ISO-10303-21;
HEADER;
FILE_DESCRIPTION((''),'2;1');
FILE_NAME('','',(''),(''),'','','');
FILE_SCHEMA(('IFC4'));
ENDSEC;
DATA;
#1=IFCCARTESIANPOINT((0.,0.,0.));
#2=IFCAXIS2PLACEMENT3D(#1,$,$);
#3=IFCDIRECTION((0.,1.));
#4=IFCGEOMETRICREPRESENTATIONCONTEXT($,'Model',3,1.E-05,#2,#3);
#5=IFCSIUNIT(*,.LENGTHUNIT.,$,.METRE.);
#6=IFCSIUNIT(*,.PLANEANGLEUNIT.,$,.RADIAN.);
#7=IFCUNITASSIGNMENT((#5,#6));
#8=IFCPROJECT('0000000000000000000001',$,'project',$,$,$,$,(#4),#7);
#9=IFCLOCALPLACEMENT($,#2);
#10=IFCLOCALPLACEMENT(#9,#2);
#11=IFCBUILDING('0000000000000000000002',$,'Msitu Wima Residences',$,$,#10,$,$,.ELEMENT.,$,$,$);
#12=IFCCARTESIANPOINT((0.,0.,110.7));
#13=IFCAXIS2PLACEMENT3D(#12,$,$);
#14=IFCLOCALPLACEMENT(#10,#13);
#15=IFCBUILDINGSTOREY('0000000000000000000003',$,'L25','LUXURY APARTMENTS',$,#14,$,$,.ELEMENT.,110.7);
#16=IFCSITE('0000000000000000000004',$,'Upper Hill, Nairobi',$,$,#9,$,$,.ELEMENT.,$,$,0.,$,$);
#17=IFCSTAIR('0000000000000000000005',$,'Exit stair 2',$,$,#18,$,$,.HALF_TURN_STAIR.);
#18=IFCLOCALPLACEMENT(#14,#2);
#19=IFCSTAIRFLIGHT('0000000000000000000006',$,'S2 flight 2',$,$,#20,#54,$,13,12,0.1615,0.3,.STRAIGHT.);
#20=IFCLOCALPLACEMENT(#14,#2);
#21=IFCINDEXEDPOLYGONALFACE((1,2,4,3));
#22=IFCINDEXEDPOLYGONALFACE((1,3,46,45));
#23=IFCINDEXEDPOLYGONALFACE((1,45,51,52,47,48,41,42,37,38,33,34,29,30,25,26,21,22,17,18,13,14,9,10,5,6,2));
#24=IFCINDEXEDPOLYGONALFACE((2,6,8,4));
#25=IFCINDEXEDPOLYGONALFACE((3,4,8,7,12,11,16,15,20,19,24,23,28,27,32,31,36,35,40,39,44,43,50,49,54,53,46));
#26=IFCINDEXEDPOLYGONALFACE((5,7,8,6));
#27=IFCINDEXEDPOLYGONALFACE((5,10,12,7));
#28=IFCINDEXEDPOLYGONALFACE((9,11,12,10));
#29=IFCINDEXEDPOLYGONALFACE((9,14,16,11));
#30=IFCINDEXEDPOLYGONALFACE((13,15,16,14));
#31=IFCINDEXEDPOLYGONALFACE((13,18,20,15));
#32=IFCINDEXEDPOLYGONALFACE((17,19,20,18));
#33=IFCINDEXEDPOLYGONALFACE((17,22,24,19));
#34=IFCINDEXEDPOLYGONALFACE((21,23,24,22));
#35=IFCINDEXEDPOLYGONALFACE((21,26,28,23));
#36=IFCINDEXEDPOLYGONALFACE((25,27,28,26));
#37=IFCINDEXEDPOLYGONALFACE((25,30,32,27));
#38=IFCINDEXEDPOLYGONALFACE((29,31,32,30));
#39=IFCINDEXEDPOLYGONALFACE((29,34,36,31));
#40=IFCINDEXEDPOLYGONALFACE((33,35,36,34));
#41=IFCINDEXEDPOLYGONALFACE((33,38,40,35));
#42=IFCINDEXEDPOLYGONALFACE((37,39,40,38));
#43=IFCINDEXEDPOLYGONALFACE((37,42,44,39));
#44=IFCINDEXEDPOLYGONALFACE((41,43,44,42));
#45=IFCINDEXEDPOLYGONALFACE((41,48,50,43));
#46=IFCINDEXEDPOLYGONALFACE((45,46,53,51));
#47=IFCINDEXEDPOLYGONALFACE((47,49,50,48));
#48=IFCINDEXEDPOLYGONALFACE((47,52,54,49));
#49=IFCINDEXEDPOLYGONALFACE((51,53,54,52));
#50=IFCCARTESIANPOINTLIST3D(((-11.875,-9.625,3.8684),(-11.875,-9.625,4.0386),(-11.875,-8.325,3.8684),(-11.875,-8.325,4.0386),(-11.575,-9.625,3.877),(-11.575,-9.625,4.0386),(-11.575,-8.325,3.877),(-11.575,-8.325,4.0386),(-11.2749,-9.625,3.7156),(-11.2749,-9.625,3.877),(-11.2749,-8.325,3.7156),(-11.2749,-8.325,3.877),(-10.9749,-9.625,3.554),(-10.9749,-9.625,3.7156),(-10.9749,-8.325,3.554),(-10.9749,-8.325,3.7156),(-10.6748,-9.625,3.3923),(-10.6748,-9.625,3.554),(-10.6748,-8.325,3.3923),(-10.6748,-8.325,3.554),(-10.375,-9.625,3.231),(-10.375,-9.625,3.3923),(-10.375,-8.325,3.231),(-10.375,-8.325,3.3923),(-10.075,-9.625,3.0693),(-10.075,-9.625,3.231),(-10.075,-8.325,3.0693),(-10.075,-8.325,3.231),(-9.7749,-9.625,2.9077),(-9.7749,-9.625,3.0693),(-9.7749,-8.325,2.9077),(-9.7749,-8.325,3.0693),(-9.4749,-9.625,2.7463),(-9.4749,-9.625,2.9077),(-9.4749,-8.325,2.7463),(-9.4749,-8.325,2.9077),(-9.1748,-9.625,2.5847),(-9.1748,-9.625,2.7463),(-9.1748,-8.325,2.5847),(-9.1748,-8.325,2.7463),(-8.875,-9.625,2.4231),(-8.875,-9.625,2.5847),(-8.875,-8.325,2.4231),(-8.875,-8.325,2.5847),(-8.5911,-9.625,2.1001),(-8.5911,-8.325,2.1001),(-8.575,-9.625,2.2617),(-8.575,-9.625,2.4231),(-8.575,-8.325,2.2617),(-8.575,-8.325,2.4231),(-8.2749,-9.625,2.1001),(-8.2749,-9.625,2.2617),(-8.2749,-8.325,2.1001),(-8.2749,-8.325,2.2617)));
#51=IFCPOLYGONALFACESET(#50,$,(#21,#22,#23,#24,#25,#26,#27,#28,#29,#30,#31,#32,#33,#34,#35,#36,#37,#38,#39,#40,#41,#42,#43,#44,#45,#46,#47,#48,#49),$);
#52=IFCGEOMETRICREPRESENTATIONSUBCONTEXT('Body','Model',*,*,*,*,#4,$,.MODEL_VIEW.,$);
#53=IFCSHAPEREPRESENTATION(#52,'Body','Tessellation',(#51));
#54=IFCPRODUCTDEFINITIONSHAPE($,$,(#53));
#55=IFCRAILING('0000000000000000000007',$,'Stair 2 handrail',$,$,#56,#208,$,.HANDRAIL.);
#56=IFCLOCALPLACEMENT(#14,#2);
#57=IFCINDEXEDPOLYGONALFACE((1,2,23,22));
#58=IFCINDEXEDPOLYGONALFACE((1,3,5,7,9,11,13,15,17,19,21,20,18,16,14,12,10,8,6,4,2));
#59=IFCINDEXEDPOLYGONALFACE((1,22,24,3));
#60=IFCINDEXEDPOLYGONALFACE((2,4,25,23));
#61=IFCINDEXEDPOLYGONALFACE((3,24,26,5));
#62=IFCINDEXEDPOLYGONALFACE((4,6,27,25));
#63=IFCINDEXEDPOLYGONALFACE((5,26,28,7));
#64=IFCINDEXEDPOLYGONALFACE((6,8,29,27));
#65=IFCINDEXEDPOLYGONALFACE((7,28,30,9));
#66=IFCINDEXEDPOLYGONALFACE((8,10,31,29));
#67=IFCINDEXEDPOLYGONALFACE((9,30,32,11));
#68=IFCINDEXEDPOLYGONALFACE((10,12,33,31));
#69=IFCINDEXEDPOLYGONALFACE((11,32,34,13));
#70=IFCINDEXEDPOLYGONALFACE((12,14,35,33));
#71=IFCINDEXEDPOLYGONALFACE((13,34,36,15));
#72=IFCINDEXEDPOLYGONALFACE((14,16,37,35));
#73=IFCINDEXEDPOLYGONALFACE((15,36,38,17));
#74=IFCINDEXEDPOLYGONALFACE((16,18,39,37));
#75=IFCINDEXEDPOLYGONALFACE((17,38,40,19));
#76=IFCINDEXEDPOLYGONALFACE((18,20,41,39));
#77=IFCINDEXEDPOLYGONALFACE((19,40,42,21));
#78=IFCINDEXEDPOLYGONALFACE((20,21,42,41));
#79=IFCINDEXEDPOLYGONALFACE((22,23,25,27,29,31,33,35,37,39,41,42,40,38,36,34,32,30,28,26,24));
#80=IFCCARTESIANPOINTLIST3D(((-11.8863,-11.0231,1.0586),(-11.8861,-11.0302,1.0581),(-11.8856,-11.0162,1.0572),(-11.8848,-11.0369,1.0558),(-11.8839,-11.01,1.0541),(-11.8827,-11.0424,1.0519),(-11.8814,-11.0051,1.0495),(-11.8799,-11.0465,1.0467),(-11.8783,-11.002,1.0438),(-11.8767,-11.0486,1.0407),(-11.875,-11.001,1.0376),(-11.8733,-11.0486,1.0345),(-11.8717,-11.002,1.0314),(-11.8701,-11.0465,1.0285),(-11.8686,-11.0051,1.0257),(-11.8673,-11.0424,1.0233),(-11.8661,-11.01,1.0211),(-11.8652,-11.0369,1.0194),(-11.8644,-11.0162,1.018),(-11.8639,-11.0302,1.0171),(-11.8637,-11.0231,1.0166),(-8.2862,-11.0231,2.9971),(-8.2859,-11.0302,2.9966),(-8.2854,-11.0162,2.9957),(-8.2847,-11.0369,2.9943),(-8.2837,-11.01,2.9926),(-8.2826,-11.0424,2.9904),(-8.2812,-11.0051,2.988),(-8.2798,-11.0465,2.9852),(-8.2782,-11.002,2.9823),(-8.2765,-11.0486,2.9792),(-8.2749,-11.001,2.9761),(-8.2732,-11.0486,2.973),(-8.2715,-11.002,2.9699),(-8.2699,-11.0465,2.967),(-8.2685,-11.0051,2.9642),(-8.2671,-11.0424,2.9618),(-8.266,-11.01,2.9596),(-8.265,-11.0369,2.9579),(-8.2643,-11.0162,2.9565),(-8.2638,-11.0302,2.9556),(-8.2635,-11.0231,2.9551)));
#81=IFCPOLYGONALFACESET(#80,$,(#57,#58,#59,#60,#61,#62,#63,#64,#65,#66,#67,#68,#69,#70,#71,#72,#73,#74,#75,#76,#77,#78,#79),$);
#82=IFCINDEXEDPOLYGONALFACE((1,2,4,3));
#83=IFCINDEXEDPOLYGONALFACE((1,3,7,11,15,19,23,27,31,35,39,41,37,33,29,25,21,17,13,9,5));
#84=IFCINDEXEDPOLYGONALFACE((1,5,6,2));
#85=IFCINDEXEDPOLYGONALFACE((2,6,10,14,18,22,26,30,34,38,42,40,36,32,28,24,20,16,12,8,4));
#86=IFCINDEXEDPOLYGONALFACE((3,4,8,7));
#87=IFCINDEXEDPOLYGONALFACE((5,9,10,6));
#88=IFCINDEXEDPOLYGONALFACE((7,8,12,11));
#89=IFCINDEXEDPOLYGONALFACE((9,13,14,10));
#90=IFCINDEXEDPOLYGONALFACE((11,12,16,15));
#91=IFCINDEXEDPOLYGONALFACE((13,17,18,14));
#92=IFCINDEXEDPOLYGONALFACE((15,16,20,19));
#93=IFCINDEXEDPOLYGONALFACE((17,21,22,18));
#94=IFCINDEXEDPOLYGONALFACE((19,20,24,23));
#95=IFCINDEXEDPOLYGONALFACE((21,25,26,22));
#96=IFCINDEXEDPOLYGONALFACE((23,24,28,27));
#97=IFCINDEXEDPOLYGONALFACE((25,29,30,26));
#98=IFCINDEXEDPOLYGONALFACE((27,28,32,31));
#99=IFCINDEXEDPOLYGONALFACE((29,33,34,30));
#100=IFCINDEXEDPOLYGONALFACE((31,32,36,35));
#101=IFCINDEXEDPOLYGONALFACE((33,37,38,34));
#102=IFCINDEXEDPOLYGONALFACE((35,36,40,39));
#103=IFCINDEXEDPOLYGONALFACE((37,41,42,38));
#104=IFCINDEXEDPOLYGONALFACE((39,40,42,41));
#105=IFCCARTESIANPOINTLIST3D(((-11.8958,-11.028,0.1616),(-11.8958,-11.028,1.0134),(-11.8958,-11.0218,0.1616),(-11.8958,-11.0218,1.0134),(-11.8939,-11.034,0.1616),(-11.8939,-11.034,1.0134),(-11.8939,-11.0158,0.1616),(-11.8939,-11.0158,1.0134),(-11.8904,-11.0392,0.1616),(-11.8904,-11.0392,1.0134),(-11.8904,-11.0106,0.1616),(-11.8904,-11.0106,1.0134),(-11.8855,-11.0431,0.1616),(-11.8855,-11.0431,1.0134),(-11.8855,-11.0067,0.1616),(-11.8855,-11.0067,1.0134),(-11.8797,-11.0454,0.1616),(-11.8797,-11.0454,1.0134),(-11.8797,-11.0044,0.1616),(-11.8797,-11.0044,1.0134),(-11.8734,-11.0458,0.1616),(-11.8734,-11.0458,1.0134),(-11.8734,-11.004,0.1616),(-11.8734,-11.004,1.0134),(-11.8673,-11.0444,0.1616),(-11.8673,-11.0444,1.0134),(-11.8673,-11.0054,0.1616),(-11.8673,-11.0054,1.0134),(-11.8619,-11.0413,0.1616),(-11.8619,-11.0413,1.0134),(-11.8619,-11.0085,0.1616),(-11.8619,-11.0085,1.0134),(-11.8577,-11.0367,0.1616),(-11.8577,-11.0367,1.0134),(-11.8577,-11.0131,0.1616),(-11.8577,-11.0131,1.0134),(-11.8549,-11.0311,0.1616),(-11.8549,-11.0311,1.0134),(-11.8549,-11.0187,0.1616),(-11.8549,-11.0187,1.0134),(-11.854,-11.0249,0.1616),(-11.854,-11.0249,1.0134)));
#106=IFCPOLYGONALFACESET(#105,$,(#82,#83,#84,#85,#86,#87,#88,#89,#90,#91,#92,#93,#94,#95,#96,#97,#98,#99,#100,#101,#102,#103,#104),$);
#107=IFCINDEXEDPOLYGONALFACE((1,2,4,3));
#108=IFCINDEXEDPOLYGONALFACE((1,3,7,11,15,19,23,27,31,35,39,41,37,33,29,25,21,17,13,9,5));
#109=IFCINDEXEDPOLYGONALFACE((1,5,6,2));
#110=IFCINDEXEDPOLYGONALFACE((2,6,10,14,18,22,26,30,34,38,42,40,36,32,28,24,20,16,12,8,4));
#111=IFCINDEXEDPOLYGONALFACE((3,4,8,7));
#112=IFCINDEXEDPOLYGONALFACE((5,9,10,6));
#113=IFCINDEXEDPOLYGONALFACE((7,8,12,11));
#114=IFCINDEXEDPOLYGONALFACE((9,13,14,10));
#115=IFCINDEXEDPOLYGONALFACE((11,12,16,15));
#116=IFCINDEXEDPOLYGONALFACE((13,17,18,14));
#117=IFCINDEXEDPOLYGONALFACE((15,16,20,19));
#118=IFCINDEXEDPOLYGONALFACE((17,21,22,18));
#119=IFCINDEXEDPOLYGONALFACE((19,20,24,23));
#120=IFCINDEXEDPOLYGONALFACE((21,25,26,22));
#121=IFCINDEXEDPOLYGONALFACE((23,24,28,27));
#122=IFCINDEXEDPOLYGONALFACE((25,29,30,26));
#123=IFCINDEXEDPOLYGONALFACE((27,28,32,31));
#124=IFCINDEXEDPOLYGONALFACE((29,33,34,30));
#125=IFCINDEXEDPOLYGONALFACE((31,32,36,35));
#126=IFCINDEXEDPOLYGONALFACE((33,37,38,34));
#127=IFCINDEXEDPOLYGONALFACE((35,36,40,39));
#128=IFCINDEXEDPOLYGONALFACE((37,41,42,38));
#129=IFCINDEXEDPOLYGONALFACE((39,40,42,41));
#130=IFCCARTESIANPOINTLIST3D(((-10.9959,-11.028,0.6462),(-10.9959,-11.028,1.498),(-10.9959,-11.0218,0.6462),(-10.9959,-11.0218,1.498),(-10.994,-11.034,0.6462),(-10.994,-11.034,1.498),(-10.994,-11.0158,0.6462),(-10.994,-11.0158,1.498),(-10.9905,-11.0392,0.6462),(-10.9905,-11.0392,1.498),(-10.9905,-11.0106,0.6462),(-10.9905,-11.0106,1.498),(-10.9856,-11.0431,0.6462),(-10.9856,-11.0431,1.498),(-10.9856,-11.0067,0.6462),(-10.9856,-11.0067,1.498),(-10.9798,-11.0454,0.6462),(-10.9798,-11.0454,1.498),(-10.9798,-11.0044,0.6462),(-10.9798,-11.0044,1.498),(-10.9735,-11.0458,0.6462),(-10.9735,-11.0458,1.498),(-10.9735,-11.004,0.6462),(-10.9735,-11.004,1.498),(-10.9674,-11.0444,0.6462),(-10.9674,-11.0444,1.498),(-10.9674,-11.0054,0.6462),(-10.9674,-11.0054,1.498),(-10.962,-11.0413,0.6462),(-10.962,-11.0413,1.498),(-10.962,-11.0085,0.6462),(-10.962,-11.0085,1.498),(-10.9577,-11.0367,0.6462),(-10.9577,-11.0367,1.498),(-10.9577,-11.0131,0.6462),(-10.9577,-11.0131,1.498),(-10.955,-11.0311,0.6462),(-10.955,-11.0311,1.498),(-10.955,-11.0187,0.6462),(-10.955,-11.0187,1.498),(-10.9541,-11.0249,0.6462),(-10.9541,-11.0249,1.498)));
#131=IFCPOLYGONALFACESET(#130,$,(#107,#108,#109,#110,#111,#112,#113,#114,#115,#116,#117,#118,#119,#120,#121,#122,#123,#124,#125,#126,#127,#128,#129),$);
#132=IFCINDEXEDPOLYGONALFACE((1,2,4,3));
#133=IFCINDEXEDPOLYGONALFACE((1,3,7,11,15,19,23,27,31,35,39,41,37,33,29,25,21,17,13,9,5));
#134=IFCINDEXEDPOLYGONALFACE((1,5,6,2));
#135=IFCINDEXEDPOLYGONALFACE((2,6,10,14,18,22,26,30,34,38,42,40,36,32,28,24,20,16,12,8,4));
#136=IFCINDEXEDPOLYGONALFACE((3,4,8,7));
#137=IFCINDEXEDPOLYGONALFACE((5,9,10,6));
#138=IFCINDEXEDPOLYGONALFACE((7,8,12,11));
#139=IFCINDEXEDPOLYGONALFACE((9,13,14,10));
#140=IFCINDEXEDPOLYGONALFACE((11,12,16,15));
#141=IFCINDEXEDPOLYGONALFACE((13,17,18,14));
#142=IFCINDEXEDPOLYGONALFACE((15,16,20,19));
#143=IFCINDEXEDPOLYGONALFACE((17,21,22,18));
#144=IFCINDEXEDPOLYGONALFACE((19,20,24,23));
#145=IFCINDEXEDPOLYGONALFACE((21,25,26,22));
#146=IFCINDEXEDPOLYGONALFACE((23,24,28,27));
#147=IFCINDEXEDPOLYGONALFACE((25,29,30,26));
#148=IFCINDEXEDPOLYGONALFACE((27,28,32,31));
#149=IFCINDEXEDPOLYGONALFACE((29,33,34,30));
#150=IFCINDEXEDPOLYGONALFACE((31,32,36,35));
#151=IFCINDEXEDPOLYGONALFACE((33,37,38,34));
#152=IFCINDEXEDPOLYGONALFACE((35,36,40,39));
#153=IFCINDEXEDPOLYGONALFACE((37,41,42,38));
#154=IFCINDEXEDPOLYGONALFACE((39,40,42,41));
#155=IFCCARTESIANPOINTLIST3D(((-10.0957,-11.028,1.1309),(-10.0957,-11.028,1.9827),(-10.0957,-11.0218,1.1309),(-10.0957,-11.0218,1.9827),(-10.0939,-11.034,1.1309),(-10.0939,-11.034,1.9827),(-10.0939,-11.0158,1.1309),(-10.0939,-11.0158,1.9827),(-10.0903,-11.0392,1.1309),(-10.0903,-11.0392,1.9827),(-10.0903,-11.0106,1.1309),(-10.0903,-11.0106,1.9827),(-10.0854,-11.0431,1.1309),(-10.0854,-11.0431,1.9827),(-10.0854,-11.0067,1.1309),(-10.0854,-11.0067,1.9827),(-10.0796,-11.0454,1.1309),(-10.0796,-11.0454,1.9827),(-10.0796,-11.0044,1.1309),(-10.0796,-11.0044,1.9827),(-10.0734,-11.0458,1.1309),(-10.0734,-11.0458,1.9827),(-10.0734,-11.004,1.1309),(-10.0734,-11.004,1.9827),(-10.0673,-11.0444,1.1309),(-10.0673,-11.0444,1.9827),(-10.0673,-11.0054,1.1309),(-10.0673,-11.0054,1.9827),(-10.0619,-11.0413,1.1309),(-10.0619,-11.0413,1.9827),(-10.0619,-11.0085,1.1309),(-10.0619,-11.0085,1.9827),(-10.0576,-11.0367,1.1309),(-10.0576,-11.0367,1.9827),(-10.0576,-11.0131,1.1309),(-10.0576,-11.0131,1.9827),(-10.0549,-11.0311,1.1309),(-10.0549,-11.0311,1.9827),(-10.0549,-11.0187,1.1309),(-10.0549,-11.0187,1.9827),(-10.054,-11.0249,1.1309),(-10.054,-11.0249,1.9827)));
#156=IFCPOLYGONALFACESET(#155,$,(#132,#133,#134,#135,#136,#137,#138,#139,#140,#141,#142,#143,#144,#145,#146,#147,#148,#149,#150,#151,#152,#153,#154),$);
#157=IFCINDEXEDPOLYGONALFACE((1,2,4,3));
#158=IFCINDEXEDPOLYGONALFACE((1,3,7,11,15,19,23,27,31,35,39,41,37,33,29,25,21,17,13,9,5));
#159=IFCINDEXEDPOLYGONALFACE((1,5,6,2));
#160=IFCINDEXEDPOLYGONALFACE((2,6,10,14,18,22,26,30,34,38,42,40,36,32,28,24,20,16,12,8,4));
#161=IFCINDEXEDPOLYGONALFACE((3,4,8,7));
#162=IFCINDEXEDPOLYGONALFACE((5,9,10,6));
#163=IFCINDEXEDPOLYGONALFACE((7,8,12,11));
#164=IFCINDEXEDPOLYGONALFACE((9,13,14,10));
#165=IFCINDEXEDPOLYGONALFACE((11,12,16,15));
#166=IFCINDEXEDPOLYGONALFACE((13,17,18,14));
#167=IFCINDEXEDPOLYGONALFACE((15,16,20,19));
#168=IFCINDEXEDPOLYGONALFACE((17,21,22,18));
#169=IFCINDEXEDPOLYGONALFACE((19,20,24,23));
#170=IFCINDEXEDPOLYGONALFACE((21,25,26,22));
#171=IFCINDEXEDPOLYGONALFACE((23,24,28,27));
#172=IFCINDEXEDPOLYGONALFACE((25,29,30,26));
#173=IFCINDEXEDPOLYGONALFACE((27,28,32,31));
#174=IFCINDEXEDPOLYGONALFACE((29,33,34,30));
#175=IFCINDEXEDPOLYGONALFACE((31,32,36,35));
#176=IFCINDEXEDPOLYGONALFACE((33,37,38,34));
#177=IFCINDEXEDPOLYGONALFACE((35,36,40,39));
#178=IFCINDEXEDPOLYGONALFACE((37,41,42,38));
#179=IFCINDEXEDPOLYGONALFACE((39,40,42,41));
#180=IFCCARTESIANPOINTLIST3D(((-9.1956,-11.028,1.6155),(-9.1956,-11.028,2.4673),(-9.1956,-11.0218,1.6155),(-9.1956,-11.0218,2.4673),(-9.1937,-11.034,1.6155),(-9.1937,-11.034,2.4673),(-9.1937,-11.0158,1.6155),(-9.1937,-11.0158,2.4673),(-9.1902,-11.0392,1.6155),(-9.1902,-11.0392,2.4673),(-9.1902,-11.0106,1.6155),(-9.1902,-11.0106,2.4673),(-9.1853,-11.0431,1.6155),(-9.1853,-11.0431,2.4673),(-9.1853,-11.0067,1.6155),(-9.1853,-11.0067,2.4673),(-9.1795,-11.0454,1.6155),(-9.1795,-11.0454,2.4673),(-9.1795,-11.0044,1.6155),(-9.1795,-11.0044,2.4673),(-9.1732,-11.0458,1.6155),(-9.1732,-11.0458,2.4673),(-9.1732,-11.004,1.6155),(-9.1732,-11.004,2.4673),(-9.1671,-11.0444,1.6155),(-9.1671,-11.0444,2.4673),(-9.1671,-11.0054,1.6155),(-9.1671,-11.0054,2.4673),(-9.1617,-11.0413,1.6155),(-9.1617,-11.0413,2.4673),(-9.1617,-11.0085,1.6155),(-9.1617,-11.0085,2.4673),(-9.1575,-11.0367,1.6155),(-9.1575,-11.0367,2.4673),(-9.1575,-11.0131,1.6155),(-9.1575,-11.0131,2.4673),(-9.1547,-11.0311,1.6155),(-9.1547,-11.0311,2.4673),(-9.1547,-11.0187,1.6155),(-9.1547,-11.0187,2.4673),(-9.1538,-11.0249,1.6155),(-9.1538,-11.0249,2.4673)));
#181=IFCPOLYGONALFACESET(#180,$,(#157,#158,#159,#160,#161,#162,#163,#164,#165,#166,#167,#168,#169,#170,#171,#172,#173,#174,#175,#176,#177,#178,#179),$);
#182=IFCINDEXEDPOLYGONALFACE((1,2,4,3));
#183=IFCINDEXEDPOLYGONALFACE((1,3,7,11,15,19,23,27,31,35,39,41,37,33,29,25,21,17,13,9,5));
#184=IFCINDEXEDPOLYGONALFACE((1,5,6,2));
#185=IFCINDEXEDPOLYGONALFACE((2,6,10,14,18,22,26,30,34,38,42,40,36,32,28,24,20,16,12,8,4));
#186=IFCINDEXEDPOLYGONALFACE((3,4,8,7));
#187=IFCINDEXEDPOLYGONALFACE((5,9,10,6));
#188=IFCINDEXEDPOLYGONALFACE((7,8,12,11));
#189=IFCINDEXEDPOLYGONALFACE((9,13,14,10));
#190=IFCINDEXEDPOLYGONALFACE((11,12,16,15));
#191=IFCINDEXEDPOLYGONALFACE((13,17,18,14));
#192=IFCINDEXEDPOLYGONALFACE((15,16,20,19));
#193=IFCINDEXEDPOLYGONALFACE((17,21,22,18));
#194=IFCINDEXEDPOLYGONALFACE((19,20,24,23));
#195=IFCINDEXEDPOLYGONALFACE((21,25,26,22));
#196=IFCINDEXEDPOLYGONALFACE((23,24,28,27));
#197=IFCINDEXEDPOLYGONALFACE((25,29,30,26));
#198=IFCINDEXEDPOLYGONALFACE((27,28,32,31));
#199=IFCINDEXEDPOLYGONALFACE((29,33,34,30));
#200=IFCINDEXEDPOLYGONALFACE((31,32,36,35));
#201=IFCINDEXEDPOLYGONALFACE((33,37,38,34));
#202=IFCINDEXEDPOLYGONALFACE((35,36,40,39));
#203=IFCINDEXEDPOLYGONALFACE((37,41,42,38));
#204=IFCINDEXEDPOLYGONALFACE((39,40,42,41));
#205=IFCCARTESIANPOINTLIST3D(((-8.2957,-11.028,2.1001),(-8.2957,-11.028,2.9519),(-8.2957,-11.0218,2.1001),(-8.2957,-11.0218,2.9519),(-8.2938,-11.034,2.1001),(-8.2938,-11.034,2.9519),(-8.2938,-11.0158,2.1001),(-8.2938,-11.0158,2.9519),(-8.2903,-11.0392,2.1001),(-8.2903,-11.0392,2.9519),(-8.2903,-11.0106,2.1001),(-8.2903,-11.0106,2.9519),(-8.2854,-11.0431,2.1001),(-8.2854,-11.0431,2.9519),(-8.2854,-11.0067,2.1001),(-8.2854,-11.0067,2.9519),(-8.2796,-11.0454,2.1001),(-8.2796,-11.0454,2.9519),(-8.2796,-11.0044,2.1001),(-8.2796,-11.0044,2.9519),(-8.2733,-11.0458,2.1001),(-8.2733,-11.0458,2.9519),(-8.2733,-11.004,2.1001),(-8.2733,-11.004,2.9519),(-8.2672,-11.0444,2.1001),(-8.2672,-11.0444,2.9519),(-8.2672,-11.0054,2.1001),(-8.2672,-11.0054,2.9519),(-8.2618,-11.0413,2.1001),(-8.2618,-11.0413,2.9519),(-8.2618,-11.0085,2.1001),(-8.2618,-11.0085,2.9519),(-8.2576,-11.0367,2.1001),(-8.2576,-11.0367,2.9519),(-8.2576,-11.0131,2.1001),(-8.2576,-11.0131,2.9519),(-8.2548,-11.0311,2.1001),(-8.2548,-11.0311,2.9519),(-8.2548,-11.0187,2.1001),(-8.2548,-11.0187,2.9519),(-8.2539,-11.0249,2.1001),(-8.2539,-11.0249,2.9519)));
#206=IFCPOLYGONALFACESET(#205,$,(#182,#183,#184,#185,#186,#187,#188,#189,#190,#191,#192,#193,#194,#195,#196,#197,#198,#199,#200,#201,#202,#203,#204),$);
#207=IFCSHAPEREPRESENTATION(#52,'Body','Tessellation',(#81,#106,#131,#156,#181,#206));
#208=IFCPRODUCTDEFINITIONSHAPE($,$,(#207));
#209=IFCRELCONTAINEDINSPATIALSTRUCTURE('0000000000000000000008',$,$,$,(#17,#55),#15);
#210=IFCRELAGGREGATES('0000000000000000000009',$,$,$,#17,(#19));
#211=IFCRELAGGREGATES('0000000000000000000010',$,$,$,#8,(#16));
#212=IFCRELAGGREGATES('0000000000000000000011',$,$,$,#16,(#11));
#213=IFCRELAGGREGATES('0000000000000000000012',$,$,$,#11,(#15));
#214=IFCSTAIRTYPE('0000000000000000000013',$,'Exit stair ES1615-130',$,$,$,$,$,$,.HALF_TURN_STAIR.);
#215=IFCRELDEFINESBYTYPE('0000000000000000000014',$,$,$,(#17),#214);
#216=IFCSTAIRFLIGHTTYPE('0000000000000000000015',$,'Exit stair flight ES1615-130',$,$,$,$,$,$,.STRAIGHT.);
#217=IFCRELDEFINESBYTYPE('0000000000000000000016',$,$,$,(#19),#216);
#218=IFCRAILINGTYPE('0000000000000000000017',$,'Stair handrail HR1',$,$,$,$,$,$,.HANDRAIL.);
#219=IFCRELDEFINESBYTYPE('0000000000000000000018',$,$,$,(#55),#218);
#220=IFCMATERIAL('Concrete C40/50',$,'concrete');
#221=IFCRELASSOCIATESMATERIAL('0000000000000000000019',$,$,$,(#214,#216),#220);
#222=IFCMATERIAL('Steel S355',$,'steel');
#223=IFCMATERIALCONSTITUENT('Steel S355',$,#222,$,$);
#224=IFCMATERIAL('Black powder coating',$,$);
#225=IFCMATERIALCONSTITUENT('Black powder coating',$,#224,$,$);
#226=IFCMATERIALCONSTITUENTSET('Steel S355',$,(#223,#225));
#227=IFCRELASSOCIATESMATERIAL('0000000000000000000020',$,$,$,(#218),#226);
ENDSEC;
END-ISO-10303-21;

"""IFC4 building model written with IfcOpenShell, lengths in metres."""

from ifc_helpers import new_model, si_unit, direction, frame, origin, origin_2d, place, context, subcontext, project, spatial, polyline, circle, outline, extrude, material, constituent, constituent_set, type_object, element, aggregate, save


model = new_model("IFC4")

# Units and contexts
model_context = context("Model", 3, precision=1e-05, world=origin(), true_north=direction((0.0, 1.0)))
body_context = subcontext(model_context, "Body", "Model", "MODEL_VIEW")
ifc_project = project(units=[si_unit("LENGTHUNIT", "METRE"), si_unit("PLANEANGLEUNIT", "RADIAN")], contexts=[model_context])

# Site, building, storey
site_placement = place(None, origin())
site = spatial("IfcSite", under=ifc_project, at=site_placement, Name="Upper Hill, Nairobi", CompositionType="ELEMENT", RefElevation=0.0)
building_placement = place(site_placement, origin())
building = spatial("IfcBuilding", under=site, at=building_placement, Name="Msitu Wima Residences", CompositionType="ELEMENT")
storey_placement = place(building_placement, frame((0.0, 0.0, 110.7)))
storey = spatial("IfcBuildingStorey", under=building, at=storey_placement, Name="L25", Description="LUXURY APARTMENTS", CompositionType="ELEMENT", Elevation=110.7)

# Stair, stair flight
ifc_material_1 = material(Name="Concrete C40/50", Category="concrete")
stair_type = type_object("IfcStairType", Name="Exit stair ES1615-130", PredefinedType="HALF_TURN_STAIR", material=ifc_material_1)
stair_placement = place(storey_placement, origin())
stair = element("IfcStair", 1, at=stair_placement, inside=storey, type_object=stair_type, Name="Exit stair 2", PredefinedType="HALF_TURN_STAIR")
stair_flight_type = type_object("IfcStairFlightType", Name="Exit stair flight ES1615-130", PredefinedType="STRAIGHT", material=ifc_material_1)
stair_flight_1_placement = place(storey_placement, frame((-8.2749, -8.9751, 2.1001), z_axis=(0.0, 0.0, 1.0), x_axis=(-1.0, 0.0, 0.0)))
stair_flight_1 = element("IfcStairFlight", 2, at=stair_flight_1_placement, type_object=stair_flight_type, Name="S2 flight 2", NumberOfRisers=13, NumberOfTreads=12, PredefinedType="STRAIGHT", RiserHeight=0.1615, TreadLength=0.3, context=body_context, shape_type="SweptSolid", body=[
    extrude(outline(polyline([(0.0, 0.0), (0.0, 0.1616), (0.3, 0.1616), (0.3, 0.323), (0.6001, 0.323), (0.6001, 0.4846), (0.8999, 0.4846), (0.8999, 0.6462), (1.2, 0.6462), (1.2, 0.8076), (1.5, 0.8076), (1.5, 0.9692), (1.8, 0.9692), (1.8, 1.1309), (2.1001, 1.1309), (2.1001, 1.2922), (2.3999, 1.2922), (2.3999, 1.4539), (2.7, 1.4539), (2.7, 1.6155), (3.0, 1.6155), (3.0, 1.7769), (3.3, 1.7769), (3.3, 1.9385), (3.6001, 1.9385), (3.6001, 2.1001), (3.6001, 1.7683), (0.3162, 0.0), (0.0, 0.0)])), frame((0.0, 0.6499, 0.0), z_axis=(0.0, -1.0, 0.0), x_axis=(1.0, 0.0, 0.0)), (0.0, 0.0, 1.0), 1.3),
])
aggregate(stair, [stair_flight_1])

# Railing
ifc_material_2 = material(Name="Steel S355", Category="steel")
ifc_constituent_1 = constituent(ifc_material_2, Name="Steel S355")
ifc_material_3 = material(Name="Black powder coating")
ifc_constituent_2 = constituent(ifc_material_3, Name="Black powder coating")
ifc_constituent_set = constituent_set(constituents=[ifc_constituent_1, ifc_constituent_2], Name="Steel S355")
railing_type = type_object("IfcRailingType", Name="Stair handrail HR1", PredefinedType="HANDRAIL", material=ifc_constituent_set)
for number, where, name in (
    (3, (-11.875, -11.0249, 0.1616), "Stair 2 handrail"),
):
    element("IfcRailing", number, at=place(storey_placement, frame(where)), inside=storey, type_object=railing_type, Name=name, PredefinedType="HANDRAIL", context=body_context, shape_type="SweptSolid", body=[
        extrude(circle(Radius=0.0239, at=origin_2d()), frame((0.0, 0.0, 0.876), z_axis=(0.880475, 0.0, 0.474093), x_axis=(0.0, 1.0, 0.0)), (0.0, 0.0, 1.0), 4.0889),
        extrude(circle(Radius=0.021, at=origin_2d()), origin(), (0.0, 0.0, 1.0), 0.8518),
        extrude(circle(Radius=0.021, at=origin_2d()), frame((0.8999, 0.0, 0.4846)), (0.0, 0.0, 1.0), 0.8518),
        extrude(circle(Radius=0.021, at=origin_2d()), frame((1.8, 0.0, 0.9692)), (0.0, 0.0, 1.0), 0.8518),
        extrude(circle(Radius=0.021, at=origin_2d()), frame((2.7002, 0.0, 1.4539)), (0.0, 0.0, 1.0), 0.8518),
        extrude(circle(Radius=0.021, at=origin_2d()), frame((3.6001, 0.0, 1.9385)), (0.0, 0.0, 1.0), 0.8518),
    ])

save(model, "model.ifc")
